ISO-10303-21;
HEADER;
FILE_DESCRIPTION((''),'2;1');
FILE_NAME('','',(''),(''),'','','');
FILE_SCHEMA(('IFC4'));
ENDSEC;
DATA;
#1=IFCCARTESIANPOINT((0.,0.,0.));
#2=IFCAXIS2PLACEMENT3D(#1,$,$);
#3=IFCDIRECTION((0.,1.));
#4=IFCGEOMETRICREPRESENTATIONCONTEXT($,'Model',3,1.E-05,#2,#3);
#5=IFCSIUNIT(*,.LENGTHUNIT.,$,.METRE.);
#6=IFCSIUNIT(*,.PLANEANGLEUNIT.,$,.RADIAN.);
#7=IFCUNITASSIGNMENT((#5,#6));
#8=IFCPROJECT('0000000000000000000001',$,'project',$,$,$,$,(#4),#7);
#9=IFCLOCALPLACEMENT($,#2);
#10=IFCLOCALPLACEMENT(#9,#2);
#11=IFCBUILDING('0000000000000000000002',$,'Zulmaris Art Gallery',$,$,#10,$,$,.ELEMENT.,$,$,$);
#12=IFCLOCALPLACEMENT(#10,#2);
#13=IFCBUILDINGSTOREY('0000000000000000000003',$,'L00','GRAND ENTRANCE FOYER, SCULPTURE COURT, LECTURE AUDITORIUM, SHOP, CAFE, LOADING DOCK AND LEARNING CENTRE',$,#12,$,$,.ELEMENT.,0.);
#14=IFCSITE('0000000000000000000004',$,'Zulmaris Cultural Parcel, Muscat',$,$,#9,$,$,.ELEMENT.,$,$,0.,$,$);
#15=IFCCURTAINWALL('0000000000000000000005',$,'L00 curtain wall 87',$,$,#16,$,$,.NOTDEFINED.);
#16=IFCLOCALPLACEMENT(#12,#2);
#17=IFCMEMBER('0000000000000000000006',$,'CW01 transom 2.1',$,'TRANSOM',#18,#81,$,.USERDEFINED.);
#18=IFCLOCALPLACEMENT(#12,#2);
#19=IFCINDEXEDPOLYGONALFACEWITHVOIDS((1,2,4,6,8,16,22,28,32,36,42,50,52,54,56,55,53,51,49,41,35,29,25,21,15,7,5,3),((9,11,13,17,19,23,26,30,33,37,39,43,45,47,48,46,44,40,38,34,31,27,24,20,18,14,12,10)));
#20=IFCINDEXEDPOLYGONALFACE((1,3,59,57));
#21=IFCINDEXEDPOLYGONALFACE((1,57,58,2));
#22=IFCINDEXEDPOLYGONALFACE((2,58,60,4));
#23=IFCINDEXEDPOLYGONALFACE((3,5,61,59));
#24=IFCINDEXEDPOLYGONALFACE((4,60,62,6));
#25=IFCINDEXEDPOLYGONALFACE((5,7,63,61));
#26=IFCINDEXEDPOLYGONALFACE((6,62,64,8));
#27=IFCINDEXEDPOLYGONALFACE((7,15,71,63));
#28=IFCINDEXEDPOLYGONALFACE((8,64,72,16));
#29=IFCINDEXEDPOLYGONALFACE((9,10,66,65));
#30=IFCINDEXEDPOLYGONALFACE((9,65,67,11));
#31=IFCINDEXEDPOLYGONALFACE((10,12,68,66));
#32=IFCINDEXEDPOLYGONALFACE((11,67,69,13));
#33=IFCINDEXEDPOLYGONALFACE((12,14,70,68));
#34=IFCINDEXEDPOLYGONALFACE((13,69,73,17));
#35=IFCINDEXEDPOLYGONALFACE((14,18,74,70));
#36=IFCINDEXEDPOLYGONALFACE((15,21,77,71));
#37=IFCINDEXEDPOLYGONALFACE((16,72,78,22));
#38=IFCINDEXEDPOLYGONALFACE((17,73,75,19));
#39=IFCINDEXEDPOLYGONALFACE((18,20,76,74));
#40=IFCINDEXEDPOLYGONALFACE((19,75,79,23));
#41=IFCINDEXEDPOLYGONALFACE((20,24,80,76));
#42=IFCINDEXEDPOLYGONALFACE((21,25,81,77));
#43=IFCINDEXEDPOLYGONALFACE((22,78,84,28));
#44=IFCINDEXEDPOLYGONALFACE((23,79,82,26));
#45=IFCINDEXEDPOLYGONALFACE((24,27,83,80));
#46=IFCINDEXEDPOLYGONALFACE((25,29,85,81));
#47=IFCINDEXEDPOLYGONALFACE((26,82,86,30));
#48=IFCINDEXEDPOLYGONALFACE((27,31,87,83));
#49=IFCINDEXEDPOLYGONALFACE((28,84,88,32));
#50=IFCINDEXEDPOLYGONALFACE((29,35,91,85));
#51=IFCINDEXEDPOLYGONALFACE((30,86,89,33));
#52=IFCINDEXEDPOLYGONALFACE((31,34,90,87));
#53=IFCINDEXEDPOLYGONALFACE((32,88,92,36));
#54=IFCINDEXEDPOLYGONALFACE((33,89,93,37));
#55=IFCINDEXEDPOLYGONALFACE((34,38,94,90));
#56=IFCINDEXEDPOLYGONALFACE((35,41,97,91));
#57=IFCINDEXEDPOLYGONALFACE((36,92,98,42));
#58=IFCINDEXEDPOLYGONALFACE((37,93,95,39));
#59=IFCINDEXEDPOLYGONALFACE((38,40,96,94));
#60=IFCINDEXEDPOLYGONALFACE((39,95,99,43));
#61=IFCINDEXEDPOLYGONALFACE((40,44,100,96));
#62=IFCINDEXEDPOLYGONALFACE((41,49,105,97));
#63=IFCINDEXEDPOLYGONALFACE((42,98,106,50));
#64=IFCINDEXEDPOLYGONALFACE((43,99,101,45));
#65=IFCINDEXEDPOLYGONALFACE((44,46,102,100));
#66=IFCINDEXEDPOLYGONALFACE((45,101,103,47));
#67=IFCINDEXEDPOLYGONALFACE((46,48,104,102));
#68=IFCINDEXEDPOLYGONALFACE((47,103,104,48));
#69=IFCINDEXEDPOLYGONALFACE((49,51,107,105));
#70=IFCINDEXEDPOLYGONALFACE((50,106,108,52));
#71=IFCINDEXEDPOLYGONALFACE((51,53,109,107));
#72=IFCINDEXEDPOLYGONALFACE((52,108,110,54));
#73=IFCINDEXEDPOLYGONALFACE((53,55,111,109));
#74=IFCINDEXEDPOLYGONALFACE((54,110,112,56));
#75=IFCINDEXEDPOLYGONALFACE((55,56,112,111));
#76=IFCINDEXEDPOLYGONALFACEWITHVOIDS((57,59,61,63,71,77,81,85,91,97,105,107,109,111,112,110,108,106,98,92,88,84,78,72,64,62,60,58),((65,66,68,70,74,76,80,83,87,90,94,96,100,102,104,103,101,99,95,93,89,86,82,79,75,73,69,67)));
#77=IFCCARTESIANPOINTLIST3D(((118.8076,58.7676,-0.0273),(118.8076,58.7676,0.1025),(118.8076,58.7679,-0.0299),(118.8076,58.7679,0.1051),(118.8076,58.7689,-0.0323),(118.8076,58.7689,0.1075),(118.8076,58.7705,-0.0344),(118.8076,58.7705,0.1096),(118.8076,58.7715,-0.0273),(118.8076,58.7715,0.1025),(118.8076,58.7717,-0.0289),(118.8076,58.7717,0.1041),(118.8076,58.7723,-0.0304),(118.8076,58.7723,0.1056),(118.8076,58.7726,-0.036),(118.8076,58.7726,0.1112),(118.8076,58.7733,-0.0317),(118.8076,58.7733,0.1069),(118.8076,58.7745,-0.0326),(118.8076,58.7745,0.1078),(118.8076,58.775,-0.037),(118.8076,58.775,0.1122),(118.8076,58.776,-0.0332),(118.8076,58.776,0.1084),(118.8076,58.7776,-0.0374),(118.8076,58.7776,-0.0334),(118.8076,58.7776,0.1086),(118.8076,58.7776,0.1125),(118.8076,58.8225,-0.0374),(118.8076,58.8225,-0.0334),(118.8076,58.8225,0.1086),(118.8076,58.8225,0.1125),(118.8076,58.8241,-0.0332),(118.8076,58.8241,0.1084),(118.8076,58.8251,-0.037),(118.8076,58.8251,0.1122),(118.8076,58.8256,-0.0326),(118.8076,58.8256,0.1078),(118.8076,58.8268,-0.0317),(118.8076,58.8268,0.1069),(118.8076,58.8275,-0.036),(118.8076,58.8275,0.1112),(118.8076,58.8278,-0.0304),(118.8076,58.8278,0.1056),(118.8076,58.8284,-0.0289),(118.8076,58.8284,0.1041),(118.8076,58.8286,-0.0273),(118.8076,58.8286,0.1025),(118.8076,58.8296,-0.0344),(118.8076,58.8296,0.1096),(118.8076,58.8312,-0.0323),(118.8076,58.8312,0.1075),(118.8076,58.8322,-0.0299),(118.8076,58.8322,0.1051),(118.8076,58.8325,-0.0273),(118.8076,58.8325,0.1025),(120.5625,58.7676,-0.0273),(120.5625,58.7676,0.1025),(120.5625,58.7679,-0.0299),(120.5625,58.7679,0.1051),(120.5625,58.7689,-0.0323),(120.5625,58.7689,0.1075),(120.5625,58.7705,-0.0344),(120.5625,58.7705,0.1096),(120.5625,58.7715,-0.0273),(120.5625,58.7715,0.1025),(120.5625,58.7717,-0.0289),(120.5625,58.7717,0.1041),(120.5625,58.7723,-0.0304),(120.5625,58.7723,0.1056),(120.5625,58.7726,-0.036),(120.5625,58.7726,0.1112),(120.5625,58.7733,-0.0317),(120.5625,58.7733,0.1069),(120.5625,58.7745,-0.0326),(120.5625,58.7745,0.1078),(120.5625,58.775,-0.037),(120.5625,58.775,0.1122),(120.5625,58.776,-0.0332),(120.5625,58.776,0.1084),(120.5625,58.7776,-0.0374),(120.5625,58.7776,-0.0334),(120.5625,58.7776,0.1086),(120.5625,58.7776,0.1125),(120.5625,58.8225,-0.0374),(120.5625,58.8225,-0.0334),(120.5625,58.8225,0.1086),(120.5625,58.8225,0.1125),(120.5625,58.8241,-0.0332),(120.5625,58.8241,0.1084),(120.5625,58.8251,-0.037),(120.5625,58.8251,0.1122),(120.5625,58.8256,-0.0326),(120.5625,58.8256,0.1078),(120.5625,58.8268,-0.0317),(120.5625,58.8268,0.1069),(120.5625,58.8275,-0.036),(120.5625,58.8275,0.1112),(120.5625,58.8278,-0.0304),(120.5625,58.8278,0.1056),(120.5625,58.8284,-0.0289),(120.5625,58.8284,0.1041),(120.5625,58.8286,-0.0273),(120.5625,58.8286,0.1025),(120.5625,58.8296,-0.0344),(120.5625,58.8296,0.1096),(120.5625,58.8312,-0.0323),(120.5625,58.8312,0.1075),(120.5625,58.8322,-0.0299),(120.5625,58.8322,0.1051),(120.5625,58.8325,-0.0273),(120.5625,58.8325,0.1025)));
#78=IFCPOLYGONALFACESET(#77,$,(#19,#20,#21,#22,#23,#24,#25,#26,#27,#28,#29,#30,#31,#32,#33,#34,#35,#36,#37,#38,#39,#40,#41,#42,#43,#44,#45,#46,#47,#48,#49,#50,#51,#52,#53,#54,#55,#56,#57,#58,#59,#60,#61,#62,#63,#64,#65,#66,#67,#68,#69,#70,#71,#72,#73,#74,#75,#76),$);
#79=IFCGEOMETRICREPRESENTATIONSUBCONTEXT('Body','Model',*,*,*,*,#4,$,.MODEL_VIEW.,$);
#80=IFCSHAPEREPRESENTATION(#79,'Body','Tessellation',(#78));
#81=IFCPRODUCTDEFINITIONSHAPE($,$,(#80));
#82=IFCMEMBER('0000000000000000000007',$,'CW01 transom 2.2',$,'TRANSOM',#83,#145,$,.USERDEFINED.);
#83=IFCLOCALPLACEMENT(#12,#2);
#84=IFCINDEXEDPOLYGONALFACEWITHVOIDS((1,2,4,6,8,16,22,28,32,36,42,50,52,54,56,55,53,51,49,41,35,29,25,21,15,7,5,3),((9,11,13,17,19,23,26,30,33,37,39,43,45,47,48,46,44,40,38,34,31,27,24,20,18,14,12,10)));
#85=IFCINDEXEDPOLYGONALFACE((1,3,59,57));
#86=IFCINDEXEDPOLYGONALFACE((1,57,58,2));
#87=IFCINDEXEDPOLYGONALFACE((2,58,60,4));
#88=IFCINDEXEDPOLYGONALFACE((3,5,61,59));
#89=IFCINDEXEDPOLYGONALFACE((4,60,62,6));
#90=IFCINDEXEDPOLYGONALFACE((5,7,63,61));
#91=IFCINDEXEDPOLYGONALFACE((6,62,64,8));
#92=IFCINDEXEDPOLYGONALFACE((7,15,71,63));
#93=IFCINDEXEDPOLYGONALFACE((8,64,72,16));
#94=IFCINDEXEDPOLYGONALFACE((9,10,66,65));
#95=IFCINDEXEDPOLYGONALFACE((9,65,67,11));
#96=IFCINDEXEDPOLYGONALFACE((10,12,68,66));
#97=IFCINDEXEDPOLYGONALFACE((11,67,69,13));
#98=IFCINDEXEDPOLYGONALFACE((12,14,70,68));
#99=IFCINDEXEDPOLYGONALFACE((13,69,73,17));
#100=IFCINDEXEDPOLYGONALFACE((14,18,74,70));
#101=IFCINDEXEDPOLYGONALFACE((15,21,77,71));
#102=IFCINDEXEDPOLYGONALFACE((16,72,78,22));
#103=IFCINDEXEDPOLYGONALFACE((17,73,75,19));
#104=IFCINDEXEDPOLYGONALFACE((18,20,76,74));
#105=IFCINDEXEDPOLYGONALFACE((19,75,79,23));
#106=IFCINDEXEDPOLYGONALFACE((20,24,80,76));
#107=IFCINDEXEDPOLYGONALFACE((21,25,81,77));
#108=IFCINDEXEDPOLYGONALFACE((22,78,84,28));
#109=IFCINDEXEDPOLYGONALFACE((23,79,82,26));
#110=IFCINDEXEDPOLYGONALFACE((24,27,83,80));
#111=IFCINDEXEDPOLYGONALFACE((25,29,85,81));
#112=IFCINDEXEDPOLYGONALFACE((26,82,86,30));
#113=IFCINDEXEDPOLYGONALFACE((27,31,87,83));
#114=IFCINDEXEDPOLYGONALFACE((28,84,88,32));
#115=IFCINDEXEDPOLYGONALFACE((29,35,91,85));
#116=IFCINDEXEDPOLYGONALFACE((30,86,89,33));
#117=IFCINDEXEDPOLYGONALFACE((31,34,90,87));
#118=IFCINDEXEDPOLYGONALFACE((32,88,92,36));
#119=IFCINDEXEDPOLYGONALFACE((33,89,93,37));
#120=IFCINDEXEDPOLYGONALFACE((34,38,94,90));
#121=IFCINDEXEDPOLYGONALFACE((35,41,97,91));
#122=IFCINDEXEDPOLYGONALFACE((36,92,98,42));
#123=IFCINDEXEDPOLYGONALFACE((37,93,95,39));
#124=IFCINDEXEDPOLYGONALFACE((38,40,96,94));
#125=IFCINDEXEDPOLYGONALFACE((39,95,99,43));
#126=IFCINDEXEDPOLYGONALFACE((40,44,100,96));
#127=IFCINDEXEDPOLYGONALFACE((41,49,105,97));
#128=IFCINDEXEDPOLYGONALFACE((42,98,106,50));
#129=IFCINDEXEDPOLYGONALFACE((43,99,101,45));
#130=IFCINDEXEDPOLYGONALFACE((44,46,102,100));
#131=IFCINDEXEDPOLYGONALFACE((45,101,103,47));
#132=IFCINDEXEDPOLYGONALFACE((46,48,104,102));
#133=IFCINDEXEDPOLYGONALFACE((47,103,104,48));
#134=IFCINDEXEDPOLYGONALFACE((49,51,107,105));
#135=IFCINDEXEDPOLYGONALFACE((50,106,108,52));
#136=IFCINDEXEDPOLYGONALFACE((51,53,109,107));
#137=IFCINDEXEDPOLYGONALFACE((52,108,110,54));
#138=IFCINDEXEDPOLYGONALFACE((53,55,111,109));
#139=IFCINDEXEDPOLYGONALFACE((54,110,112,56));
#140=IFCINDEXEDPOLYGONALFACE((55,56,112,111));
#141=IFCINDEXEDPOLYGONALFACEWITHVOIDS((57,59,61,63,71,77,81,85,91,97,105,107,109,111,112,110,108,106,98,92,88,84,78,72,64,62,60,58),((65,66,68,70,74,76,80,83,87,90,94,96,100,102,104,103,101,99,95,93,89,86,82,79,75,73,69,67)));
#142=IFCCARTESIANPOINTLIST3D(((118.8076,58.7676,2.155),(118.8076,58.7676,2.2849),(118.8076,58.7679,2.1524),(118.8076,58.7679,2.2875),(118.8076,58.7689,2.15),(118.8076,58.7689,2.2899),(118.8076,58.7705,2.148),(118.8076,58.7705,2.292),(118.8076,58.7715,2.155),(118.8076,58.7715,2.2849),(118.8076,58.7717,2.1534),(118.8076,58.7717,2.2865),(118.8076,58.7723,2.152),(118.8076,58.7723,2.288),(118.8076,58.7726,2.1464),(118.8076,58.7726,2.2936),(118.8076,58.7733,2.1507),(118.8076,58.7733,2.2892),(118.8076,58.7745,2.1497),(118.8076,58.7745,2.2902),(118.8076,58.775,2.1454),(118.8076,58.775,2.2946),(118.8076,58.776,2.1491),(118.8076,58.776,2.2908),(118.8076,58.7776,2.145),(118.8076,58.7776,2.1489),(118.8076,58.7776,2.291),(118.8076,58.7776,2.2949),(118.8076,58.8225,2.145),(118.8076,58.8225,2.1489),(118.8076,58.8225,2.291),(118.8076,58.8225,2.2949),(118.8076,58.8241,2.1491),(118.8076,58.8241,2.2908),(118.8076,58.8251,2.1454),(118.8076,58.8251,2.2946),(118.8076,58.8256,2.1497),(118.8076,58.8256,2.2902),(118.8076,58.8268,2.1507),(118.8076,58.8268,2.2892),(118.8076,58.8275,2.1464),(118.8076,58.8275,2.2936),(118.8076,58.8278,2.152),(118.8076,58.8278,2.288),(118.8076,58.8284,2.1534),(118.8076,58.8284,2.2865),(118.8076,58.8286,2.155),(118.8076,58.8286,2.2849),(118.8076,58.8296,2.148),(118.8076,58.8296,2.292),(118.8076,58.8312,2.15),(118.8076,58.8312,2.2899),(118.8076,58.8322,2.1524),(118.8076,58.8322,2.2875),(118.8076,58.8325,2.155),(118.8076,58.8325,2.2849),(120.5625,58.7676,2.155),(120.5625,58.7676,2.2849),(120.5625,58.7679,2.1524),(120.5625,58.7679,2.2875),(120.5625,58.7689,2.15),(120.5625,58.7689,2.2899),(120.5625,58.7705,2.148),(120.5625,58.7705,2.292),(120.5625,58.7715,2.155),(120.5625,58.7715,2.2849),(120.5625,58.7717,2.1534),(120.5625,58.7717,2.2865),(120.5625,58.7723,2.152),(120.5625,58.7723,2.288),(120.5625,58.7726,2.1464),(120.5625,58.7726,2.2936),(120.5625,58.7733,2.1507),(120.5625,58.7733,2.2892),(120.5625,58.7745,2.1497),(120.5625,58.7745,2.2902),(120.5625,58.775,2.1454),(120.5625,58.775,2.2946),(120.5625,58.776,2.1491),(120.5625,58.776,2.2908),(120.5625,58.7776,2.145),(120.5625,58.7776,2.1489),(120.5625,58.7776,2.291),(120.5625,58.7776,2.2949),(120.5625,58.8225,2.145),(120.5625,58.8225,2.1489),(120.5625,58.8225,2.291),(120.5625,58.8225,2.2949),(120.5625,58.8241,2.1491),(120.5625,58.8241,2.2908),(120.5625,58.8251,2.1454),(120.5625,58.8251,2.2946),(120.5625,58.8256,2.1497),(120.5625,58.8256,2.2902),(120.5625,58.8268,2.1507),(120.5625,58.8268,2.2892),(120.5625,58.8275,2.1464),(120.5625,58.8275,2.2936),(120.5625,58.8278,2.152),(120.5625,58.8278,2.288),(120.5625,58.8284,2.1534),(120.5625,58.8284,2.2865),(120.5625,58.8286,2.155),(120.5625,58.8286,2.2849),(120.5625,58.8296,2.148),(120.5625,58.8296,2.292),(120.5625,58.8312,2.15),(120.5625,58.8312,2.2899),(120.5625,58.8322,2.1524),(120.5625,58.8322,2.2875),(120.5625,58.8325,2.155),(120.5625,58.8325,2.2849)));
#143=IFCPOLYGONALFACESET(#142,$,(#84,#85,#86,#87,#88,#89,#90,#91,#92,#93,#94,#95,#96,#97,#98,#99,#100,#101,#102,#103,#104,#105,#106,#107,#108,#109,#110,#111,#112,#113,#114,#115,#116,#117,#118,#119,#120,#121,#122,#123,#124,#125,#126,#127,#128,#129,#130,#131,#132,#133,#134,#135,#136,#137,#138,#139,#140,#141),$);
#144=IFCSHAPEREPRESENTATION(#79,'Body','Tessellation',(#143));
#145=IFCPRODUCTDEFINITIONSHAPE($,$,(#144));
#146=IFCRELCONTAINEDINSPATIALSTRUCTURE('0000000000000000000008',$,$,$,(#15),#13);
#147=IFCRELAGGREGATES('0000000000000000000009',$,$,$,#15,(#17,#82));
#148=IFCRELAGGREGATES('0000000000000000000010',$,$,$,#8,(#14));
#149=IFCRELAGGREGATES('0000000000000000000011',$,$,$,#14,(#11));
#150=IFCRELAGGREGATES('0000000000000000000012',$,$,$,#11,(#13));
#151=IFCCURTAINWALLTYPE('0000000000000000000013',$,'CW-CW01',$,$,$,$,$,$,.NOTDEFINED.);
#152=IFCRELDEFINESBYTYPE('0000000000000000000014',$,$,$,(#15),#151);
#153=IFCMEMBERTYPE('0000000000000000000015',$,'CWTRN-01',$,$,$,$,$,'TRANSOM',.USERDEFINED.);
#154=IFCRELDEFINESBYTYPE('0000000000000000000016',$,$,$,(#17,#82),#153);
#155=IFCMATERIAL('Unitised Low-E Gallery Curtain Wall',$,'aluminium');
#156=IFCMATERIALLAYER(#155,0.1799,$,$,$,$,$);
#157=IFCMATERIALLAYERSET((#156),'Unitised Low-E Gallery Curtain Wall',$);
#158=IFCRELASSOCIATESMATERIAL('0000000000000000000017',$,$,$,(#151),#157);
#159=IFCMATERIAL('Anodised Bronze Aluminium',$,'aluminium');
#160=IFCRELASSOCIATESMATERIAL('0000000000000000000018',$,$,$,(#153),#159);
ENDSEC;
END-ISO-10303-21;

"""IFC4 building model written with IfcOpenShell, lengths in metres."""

from ifc_helpers import new_model, si_unit, direction, frame, origin, origin_2d, place, context, subcontext, project, spatial, hollow_rectangle, extrude, material, layer, layer_set, material_profile, profile_set, type_object, element, aggregate, save


model = new_model("IFC4")

# Units and contexts
model_context = context("Model", 3, precision=1e-05, world=origin(), true_north=direction((0.0, 1.0)))
body_context = subcontext(model_context, "Body", "Model", "MODEL_VIEW")
ifc_project = project(units=[si_unit("LENGTHUNIT", "METRE"), si_unit("PLANEANGLEUNIT", "RADIAN")], contexts=[model_context])

# Site, building, storey
site_placement = place(None, origin())
site = spatial("IfcSite", under=ifc_project, at=site_placement, Name="Zulmaris Cultural Parcel, Muscat", CompositionType="ELEMENT", RefElevation=0.0)
building_placement = place(site_placement, origin())
building = spatial("IfcBuilding", under=site, at=building_placement, Name="Zulmaris Art Gallery", CompositionType="ELEMENT")
storey_placement = place(building_placement, origin())
storey = spatial("IfcBuildingStorey", under=building, at=storey_placement, Name="L00", Description="GRAND ENTRANCE FOYER, SCULPTURE COURT, LECTURE AUDITORIUM, SHOP, CAFE, LOADING DOCK AND LEARNING CENTRE", CompositionType="ELEMENT", Elevation=0.0)

# Curtain wall
ifc_material_1 = material(Name="Unitised Low-E Gallery Curtain Wall", Category="aluminium")
ifc_layer_1 = layer(ifc_material_1, 0.1799)
ifc_layer_set_1 = layer_set([ifc_layer_1], Name="Unitised Low-E Gallery Curtain Wall")
curtain_wall_type = type_object("IfcCurtainWallType", Name="CW-CW01", PredefinedType="NOTDEFINED", material=ifc_layer_set_1)
ifc_material_2 = material(Name="Anodised Bronze Aluminium", Category="aluminium")
curtain_wall_1_placement = place(storey_placement, origin())
curtain_wall_1 = element("IfcCurtainWall", 1, at=curtain_wall_1_placement, inside=storey, type_object=curtain_wall_type, Name="L00 curtain wall 87", PredefinedType="NOTDEFINED")

# Members
ifc_material_profile_1 = material_profile(ifc_material_2, hollow_rectangle(XDim=0.0649, YDim=0.1499, WallThickness=0.0039, InnerFilletRadius=0.0061, OuterFilletRadius=0.01, at=origin_2d()), Name="ALU 65x150x4")
ifc_profile_set_1 = profile_set([ifc_material_profile_1], Name="Anodised Bronze Aluminium")
member_type_1 = type_object("IfcMemberType", Name="CWTRN-01", ElementType="TRANSOM", PredefinedType="USERDEFINED", material=ifc_profile_set_1)
member_1_placement = place(storey_placement, frame((118.8076, 58.8, 0.0376), z_axis=(1.0, 0.0, 0.0), x_axis=(0.0, 1.0, 0.0)))
member_1 = element("IfcMember", 2, at=member_1_placement, type_object=member_type_1, Name="CW01 transom 2.1", ObjectType="TRANSOM", PredefinedType="USERDEFINED", context=body_context, shape_type="SweptSolid", body=[
    extrude(hollow_rectangle(XDim=0.0649, YDim=0.1499, WallThickness=0.0039, InnerFilletRadius=0.0061, OuterFilletRadius=0.01, at=origin_2d()), origin(), (0.0, 0.0, 1.0), 1.7549),
])
member_2_placement = place(storey_placement, frame((118.8076, 58.8, 2.22), z_axis=(1.0, 0.0, 0.0), x_axis=(0.0, 1.0, 0.0)))
member_2 = element("IfcMember", 3, at=member_2_placement, type_object=member_type_1, Name="CW01 transom 2.2", ObjectType="TRANSOM", PredefinedType="USERDEFINED", context=body_context, shape_type="SweptSolid", body=[
    extrude(hollow_rectangle(XDim=0.0649, YDim=0.1499, WallThickness=0.0039, InnerFilletRadius=0.0061, OuterFilletRadius=0.01, at=origin_2d()), origin(), (0.0, 0.0, 1.0), 1.7549),
])

aggregate(curtain_wall_1, [member_1, member_2])

save(model, "model.ifc")
